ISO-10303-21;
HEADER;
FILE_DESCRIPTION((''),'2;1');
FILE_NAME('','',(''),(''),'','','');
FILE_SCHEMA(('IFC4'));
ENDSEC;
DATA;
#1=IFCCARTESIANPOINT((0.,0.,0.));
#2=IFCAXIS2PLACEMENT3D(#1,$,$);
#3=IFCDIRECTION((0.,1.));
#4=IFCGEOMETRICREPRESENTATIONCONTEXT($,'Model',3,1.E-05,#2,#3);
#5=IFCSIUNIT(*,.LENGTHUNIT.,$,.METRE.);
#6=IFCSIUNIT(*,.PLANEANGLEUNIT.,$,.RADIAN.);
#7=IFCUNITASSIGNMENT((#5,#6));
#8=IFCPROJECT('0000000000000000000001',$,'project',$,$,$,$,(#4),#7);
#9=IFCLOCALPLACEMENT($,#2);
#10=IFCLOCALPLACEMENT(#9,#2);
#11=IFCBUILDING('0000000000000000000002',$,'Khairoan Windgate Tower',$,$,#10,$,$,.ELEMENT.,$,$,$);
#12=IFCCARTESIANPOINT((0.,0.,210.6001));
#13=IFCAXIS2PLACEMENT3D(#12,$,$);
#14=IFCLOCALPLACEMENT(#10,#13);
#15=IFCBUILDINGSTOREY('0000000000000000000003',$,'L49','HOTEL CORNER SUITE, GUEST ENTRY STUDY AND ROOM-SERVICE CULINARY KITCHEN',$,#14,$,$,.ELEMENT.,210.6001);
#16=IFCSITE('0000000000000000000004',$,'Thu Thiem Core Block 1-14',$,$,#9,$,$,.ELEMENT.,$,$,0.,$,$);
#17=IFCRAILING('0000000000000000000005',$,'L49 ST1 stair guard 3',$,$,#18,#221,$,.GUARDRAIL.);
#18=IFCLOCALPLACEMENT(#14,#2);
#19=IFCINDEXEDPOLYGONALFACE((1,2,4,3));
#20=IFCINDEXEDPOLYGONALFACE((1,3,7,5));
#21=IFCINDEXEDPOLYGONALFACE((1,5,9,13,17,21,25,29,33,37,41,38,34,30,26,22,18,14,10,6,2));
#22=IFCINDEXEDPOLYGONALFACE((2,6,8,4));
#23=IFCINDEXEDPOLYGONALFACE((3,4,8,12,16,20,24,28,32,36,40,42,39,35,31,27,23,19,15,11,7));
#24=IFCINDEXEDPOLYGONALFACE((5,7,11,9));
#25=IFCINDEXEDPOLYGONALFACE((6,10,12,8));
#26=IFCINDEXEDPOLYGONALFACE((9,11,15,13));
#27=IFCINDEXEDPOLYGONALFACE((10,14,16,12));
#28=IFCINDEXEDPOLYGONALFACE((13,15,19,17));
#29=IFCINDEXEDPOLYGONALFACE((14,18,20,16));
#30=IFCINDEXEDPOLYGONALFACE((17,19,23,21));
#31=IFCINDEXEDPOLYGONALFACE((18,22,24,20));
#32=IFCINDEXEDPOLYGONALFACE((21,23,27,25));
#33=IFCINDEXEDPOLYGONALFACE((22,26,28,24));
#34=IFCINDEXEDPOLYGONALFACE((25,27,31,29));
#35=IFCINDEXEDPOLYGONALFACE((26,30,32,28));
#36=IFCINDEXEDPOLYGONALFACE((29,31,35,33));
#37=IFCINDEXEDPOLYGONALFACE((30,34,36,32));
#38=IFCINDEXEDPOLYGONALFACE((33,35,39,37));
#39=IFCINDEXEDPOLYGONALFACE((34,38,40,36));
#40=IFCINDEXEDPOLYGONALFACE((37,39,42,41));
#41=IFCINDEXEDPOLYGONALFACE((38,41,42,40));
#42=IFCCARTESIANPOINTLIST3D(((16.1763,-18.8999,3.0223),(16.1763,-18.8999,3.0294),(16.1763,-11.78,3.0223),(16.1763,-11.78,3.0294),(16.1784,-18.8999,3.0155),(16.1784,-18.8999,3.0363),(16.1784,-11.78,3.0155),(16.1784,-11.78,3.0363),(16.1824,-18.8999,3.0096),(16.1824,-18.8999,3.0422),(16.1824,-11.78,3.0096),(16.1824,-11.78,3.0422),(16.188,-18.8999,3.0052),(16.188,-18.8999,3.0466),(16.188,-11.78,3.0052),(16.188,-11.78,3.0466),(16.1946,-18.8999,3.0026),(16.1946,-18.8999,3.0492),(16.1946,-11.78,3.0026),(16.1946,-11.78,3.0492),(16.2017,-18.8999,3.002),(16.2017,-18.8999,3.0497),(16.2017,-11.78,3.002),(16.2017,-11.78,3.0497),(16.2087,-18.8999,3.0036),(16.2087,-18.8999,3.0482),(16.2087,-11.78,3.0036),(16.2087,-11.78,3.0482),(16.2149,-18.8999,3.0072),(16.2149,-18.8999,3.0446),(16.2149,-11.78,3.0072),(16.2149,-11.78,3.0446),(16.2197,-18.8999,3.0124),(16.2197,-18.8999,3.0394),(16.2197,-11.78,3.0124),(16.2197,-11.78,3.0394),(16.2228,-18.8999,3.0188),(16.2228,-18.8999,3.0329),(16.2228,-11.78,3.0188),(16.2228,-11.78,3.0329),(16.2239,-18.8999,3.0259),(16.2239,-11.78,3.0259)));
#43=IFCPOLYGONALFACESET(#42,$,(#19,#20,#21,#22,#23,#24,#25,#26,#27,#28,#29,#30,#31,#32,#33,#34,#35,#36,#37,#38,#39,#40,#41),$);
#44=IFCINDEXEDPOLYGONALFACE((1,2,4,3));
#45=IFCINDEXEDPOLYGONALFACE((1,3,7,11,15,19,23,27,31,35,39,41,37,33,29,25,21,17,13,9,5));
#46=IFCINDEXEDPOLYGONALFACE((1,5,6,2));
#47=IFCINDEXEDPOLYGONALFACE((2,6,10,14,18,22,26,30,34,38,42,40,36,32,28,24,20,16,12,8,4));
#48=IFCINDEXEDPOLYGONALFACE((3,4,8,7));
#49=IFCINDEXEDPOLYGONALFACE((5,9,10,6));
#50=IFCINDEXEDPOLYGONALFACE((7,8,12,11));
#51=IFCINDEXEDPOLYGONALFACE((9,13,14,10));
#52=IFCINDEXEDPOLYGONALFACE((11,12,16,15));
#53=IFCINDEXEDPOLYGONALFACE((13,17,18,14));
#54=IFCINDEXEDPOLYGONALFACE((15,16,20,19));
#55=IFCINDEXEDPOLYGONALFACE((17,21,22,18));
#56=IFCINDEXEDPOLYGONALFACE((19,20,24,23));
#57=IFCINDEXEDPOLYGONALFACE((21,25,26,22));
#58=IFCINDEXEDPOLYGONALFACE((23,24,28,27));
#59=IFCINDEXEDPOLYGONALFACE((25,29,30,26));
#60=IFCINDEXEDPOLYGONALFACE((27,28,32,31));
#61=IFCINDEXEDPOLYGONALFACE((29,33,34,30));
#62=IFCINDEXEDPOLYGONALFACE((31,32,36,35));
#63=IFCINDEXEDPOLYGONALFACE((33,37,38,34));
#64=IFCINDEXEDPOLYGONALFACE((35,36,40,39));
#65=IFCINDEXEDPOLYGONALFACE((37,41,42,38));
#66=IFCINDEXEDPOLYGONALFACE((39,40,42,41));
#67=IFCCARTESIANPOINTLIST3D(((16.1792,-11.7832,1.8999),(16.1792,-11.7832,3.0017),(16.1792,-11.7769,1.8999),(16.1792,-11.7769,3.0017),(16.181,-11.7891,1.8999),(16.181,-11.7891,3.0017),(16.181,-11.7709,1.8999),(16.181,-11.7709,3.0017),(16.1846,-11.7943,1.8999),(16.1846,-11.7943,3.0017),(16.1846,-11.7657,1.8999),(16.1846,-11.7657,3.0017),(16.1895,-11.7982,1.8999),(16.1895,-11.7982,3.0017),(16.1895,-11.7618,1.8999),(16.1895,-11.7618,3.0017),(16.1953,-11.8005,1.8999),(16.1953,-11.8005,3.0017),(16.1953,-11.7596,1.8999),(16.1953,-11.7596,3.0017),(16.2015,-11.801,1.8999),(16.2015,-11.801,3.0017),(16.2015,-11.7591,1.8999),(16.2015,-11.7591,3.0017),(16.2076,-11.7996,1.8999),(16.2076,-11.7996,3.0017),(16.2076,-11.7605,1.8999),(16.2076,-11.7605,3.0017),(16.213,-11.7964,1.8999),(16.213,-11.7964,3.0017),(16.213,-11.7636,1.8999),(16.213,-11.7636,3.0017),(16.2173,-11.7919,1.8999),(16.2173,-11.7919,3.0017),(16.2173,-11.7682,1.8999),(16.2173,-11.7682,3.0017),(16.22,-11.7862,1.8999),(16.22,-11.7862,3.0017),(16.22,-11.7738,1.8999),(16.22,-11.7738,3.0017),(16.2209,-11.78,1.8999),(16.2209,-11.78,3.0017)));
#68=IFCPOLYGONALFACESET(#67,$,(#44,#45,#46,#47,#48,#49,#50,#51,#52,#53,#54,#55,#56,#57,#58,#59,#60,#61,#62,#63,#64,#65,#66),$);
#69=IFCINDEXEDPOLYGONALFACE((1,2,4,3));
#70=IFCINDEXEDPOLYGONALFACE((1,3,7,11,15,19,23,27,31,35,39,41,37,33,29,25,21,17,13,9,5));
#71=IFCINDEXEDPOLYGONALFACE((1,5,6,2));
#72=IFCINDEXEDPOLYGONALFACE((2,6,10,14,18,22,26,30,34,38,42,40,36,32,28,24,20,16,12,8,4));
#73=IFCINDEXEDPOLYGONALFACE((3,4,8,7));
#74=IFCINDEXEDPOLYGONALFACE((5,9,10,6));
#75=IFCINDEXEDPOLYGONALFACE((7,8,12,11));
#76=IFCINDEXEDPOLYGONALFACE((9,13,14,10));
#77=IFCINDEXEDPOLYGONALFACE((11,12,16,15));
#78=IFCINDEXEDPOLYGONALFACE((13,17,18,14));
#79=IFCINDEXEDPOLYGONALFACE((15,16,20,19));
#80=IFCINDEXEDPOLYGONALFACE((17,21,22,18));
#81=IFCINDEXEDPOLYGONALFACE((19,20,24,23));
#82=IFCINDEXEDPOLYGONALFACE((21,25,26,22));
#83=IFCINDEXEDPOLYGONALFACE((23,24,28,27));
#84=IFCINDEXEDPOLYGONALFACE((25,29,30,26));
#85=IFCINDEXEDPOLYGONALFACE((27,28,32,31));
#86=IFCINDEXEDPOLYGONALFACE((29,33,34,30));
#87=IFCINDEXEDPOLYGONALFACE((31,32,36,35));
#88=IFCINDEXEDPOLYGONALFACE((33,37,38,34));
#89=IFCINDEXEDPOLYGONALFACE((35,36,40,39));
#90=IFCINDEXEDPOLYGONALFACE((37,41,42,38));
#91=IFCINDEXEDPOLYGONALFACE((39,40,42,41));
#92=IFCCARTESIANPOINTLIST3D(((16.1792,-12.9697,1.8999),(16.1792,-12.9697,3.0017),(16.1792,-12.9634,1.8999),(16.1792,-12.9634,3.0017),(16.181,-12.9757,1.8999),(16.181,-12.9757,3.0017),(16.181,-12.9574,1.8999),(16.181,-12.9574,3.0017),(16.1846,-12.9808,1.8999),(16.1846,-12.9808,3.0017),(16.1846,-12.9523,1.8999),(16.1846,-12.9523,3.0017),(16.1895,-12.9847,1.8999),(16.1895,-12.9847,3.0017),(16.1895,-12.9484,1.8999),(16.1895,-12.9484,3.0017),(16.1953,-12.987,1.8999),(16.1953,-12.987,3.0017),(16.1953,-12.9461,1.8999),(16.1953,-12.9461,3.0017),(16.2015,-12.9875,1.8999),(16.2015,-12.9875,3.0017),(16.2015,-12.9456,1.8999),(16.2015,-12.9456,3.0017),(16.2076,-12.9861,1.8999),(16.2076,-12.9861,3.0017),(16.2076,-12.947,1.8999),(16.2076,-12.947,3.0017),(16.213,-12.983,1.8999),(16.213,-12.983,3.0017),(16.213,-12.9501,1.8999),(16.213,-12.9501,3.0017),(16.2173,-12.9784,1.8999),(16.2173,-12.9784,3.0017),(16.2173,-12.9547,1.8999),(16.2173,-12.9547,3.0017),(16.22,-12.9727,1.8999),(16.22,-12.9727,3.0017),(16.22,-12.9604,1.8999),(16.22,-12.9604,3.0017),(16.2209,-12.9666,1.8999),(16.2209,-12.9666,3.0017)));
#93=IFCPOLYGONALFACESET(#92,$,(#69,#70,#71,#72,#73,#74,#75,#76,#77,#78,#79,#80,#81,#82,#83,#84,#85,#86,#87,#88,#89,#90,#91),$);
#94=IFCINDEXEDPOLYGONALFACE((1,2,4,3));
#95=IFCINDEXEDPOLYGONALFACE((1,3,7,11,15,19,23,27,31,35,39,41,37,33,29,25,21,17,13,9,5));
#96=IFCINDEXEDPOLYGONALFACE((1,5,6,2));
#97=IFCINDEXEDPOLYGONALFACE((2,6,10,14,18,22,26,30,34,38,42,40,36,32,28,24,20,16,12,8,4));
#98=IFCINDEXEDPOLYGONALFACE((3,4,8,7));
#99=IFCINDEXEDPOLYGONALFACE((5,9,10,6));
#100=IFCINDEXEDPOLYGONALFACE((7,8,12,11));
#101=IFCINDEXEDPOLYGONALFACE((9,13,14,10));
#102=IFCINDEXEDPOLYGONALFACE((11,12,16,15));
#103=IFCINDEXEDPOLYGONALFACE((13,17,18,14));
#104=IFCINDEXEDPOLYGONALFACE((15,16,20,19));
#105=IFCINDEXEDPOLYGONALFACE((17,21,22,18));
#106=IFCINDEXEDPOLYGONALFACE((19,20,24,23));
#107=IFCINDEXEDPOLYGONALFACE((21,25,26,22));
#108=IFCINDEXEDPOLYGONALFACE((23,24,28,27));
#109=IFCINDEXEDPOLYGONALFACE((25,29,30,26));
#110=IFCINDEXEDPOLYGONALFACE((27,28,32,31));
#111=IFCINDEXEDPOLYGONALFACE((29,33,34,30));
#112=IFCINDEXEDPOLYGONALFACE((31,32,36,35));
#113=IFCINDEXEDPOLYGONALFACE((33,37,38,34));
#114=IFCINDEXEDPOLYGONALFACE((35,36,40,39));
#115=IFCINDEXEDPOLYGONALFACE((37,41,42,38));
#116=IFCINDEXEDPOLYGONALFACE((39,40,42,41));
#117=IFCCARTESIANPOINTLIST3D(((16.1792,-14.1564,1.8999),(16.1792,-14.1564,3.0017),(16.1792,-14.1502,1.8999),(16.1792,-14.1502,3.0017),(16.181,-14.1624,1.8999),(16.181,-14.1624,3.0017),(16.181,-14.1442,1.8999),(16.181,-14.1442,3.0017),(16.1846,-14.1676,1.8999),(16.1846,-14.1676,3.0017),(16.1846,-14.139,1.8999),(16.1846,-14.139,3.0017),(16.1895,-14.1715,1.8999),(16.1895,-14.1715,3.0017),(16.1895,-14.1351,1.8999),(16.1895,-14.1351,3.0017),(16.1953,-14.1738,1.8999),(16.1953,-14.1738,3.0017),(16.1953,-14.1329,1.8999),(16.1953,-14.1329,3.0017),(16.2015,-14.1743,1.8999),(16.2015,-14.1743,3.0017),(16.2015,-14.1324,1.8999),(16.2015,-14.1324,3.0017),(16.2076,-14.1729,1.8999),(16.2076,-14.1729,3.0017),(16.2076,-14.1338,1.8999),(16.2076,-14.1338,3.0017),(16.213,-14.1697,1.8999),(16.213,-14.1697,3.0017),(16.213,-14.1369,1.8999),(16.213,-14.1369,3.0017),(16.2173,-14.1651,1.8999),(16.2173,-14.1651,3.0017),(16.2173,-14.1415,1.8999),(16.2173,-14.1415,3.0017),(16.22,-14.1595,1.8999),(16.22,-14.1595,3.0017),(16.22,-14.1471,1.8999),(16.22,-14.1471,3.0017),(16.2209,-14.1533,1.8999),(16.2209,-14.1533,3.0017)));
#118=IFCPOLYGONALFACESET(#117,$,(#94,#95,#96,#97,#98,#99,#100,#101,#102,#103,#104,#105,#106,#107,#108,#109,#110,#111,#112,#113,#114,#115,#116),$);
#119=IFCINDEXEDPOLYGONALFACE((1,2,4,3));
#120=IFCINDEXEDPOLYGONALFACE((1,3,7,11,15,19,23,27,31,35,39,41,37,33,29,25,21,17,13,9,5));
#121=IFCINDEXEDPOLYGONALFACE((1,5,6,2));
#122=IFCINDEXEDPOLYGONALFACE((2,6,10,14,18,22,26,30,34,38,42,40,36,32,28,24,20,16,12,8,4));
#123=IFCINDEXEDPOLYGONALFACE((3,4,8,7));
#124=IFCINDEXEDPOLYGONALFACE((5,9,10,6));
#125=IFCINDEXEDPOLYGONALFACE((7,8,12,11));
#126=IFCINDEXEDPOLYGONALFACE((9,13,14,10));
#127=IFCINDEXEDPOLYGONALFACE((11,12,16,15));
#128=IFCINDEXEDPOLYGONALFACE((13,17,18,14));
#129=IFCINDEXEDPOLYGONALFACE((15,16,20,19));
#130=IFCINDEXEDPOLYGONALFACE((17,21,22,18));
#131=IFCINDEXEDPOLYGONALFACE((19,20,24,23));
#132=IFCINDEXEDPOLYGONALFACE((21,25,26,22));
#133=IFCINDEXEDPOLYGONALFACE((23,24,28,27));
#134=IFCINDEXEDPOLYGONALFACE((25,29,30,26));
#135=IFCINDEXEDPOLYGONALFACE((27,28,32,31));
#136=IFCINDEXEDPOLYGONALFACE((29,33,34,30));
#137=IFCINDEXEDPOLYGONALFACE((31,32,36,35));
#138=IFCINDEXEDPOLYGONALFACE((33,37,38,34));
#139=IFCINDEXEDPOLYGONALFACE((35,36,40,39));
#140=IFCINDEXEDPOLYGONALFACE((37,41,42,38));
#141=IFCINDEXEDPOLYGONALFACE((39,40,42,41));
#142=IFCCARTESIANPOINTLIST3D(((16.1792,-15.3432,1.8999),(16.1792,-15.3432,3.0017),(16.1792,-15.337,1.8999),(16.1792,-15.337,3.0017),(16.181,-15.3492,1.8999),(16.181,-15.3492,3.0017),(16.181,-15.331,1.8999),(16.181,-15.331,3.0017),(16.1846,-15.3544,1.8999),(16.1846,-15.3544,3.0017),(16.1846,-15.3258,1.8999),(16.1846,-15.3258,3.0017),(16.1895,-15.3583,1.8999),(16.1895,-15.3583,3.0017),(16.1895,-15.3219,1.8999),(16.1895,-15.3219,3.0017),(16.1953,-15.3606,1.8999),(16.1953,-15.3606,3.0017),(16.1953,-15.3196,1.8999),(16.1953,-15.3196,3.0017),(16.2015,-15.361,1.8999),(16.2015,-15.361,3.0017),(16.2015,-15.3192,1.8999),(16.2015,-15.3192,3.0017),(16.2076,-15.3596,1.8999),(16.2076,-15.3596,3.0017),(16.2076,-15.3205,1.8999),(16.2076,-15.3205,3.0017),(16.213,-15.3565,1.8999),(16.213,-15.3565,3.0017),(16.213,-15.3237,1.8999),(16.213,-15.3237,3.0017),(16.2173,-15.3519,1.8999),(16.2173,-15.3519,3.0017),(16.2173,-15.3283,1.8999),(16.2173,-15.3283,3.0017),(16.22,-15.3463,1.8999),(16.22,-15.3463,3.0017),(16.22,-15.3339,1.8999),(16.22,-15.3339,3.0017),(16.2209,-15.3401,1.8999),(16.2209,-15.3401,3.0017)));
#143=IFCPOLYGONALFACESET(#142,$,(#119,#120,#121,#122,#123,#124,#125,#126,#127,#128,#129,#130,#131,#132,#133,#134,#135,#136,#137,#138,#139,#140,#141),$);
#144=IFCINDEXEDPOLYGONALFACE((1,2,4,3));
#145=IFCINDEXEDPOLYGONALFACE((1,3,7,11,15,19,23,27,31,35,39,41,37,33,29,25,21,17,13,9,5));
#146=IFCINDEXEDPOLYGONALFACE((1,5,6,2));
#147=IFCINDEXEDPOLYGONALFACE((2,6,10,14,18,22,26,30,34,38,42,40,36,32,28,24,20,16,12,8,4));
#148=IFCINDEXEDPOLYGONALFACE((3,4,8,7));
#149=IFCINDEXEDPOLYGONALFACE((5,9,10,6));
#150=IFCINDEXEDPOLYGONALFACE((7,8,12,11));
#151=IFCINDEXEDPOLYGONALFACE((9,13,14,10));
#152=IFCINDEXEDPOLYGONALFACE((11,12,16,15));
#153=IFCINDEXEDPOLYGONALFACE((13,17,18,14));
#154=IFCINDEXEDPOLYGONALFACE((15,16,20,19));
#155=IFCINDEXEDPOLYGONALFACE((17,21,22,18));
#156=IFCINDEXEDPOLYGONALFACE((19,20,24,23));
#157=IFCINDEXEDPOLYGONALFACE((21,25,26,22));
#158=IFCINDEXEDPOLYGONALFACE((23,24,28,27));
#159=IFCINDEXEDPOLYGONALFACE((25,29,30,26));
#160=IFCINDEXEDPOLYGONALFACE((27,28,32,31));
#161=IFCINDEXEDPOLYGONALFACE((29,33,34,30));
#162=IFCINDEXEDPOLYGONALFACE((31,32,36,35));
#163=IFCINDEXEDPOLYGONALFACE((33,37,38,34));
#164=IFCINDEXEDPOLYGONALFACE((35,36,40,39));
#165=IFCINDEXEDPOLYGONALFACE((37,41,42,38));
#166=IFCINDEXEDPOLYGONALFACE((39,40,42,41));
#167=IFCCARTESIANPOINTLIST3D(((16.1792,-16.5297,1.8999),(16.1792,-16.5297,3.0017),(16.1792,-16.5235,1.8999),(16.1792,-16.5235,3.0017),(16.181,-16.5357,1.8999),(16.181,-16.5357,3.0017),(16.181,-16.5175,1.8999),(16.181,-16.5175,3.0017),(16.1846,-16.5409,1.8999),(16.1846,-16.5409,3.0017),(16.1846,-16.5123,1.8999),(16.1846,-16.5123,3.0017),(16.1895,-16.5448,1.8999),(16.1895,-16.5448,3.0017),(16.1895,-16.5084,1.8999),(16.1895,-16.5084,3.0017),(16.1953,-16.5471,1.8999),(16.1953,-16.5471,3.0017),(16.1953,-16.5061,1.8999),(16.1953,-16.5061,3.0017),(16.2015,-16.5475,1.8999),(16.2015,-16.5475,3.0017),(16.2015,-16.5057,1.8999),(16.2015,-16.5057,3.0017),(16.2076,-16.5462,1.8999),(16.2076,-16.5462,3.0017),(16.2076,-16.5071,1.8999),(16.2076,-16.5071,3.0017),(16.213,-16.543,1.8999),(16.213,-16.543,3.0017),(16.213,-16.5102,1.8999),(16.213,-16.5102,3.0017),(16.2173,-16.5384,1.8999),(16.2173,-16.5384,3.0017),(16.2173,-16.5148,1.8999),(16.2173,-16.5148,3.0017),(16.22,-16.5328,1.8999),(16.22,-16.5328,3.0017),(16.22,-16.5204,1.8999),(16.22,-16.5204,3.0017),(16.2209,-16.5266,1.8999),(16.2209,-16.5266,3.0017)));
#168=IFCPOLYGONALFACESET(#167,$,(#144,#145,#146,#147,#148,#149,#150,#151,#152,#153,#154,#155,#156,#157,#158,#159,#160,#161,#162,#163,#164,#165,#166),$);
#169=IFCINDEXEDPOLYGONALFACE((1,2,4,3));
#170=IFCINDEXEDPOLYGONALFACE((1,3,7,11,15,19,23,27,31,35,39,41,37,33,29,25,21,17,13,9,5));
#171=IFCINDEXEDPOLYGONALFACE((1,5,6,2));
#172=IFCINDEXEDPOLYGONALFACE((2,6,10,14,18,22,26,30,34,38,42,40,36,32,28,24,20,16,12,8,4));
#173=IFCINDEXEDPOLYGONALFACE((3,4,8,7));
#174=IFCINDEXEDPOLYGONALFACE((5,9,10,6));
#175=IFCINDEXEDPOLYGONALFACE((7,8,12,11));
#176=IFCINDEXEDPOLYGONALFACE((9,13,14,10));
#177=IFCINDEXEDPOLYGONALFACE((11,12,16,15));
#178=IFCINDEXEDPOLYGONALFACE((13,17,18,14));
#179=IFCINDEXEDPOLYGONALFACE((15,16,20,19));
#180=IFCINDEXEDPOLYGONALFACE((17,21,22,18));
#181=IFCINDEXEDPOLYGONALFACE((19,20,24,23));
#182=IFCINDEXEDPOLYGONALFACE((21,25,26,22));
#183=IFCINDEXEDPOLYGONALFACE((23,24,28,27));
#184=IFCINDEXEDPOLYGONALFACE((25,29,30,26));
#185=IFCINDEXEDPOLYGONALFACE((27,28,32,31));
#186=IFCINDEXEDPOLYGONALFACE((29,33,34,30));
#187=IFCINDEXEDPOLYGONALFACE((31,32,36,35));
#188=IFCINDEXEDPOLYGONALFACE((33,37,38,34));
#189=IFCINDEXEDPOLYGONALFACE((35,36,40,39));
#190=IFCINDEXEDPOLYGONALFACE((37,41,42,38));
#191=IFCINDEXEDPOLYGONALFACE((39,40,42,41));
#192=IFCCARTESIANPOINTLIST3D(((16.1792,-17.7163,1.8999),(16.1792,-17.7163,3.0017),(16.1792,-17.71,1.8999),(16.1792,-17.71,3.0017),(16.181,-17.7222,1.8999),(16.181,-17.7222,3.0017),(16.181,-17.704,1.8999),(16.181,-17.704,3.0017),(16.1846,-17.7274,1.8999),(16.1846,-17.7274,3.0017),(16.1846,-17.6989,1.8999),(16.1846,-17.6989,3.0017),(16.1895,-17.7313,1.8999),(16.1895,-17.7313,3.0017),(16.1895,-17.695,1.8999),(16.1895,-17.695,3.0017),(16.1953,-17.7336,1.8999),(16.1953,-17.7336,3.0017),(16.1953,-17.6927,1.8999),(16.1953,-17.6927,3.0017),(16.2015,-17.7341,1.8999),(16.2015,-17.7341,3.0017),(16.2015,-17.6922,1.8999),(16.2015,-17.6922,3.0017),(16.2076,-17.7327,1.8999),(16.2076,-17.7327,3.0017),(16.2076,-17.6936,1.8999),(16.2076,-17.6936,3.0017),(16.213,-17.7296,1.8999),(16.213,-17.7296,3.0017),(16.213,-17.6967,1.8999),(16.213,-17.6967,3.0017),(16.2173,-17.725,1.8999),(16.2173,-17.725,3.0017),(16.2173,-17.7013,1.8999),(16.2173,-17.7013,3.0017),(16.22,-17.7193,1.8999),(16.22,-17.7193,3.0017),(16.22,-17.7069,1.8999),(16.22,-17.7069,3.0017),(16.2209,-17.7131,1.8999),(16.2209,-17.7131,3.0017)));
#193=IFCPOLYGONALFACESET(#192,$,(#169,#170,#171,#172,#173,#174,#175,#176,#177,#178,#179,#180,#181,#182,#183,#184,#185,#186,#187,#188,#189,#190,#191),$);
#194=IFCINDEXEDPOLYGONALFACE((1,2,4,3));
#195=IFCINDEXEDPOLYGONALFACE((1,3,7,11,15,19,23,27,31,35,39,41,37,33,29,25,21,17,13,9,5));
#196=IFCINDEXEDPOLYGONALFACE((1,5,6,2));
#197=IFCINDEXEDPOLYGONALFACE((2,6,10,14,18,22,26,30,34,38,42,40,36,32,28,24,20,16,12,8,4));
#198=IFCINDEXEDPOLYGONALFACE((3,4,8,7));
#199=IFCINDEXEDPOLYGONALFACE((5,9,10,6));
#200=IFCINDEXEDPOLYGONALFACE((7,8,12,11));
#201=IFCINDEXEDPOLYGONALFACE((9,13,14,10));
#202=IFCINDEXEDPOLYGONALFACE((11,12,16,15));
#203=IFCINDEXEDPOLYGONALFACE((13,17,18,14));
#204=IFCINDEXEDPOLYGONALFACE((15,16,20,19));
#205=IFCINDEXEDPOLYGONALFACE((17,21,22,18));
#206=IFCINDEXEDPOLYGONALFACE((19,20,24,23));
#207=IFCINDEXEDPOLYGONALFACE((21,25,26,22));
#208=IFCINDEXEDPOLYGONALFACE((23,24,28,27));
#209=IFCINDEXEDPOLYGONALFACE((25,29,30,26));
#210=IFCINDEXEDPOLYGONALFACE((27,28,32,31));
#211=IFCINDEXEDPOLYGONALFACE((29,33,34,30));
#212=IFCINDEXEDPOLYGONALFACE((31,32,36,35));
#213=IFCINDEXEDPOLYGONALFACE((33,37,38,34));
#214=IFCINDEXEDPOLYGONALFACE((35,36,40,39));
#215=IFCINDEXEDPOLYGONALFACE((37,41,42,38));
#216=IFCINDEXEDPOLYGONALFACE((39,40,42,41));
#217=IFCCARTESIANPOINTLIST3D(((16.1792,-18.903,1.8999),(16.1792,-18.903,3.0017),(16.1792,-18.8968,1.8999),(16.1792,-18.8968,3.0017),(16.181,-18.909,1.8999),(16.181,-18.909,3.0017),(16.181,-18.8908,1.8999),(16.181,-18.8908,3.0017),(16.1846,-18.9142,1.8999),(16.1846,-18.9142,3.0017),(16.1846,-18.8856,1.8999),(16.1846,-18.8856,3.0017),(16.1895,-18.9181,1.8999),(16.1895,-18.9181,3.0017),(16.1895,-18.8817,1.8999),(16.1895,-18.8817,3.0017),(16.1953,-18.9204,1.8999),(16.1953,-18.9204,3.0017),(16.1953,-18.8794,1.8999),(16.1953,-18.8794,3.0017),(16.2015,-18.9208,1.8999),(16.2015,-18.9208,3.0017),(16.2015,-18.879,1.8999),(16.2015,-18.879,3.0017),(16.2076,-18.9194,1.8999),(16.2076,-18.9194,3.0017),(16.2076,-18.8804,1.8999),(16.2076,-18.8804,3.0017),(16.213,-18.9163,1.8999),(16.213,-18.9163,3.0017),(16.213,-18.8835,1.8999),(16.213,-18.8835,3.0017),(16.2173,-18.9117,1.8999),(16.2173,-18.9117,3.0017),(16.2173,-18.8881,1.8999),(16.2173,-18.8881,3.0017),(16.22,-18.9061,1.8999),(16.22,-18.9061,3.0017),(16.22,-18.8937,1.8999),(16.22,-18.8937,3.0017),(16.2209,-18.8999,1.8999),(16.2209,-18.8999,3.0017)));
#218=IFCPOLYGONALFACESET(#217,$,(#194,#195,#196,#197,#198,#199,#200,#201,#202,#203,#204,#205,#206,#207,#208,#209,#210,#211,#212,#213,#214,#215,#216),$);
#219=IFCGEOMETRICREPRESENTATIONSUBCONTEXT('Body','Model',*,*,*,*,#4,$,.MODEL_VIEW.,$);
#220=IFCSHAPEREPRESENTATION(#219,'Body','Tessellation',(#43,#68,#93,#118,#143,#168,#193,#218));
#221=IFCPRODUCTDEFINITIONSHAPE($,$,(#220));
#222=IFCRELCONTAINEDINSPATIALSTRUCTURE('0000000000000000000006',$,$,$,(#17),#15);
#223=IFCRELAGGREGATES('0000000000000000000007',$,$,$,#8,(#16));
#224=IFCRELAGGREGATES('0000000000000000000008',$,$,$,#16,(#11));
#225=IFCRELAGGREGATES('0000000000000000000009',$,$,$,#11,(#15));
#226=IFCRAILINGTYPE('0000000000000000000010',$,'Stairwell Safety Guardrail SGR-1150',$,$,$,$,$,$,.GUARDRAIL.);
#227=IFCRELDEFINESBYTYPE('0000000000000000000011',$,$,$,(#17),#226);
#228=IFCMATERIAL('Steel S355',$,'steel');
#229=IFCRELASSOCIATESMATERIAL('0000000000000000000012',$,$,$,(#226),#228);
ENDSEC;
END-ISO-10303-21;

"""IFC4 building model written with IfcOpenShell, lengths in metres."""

from ifc_helpers import new_model, si_unit, direction, frame, origin, origin_2d, place, context, subcontext, project, spatial, circle, extrude, material, type_object, element, save


model = new_model("IFC4")

# Units and contexts
model_context = context("Model", 3, precision=1e-05, world=origin(), true_north=direction((0.0, 1.0)))
body_context = subcontext(model_context, "Body", "Model", "MODEL_VIEW")
ifc_project = project(units=[si_unit("LENGTHUNIT", "METRE"), si_unit("PLANEANGLEUNIT", "RADIAN")], contexts=[model_context])

# Site, building, storey
site_placement = place(None, origin())
site = spatial("IfcSite", under=ifc_project, at=site_placement, Name="Thu Thiem Core Block 1-14", CompositionType="ELEMENT", RefElevation=0.0)
building_placement = place(site_placement, origin())
building = spatial("IfcBuilding", under=site, at=building_placement, Name="Khairoan Windgate Tower", CompositionType="ELEMENT")
storey_placement = place(building_placement, frame((0.0, 0.0, 210.6001)))
storey = spatial("IfcBuildingStorey", under=building, at=storey_placement, Name="L49", Description="HOTEL CORNER SUITE, GUEST ENTRY STUDY AND ROOM-SERVICE CULINARY KITCHEN", CompositionType="ELEMENT", Elevation=210.6001)

# Railing
ifc_material_1 = material(Name="Steel S355", Category="steel")
railing_type_1 = type_object("IfcRailingType", Name="Stairwell Safety Guardrail SGR-1150", PredefinedType="GUARDRAIL", material=ifc_material_1)
railing_1_placement = place(storey_placement, frame((16.2, -11.78, 1.8999)))
element("IfcRailing", 1, at=railing_1_placement, inside=storey, type_object=railing_type_1, Name="L49 ST1 stair guard 3", PredefinedType="GUARDRAIL", context=body_context, shape_type="SweptSolid", body=[
    extrude(circle(Radius=0.0239, at=origin_2d()), frame((0.0, 0.0, 1.126), z_axis=(0.0, -1.0, 0.0), x_axis=(1.0, 0.0, 0.0)), (0.0, 0.0, 1.0), 7.1199),
    extrude(circle(Radius=0.021, at=origin_2d()), origin(), (0.0, 0.0, 1.0), 1.1018),
    extrude(circle(Radius=0.021, at=origin_2d()), frame((0.0, -1.1865, 0.0)), (0.0, 0.0, 1.0), 1.1018),
    extrude(circle(Radius=0.021, at=origin_2d()), frame((0.0, -2.3733, 0.0)), (0.0, 0.0, 1.0), 1.1018),
    extrude(circle(Radius=0.021, at=origin_2d()), frame((0.0, -3.5601, 0.0)), (0.0, 0.0, 1.0), 1.1018),
    extrude(circle(Radius=0.021, at=origin_2d()), frame((0.0, -4.7466, 0.0)), (0.0, 0.0, 1.0), 1.1018),
    extrude(circle(Radius=0.021, at=origin_2d()), frame((0.0, -5.9331, 0.0)), (0.0, 0.0, 1.0), 1.1018),
    extrude(circle(Radius=0.021, at=origin_2d()), frame((0.0, -7.1199, 0.0)), (0.0, 0.0, 1.0), 1.1018),
])

save(model, "model.ifc")
